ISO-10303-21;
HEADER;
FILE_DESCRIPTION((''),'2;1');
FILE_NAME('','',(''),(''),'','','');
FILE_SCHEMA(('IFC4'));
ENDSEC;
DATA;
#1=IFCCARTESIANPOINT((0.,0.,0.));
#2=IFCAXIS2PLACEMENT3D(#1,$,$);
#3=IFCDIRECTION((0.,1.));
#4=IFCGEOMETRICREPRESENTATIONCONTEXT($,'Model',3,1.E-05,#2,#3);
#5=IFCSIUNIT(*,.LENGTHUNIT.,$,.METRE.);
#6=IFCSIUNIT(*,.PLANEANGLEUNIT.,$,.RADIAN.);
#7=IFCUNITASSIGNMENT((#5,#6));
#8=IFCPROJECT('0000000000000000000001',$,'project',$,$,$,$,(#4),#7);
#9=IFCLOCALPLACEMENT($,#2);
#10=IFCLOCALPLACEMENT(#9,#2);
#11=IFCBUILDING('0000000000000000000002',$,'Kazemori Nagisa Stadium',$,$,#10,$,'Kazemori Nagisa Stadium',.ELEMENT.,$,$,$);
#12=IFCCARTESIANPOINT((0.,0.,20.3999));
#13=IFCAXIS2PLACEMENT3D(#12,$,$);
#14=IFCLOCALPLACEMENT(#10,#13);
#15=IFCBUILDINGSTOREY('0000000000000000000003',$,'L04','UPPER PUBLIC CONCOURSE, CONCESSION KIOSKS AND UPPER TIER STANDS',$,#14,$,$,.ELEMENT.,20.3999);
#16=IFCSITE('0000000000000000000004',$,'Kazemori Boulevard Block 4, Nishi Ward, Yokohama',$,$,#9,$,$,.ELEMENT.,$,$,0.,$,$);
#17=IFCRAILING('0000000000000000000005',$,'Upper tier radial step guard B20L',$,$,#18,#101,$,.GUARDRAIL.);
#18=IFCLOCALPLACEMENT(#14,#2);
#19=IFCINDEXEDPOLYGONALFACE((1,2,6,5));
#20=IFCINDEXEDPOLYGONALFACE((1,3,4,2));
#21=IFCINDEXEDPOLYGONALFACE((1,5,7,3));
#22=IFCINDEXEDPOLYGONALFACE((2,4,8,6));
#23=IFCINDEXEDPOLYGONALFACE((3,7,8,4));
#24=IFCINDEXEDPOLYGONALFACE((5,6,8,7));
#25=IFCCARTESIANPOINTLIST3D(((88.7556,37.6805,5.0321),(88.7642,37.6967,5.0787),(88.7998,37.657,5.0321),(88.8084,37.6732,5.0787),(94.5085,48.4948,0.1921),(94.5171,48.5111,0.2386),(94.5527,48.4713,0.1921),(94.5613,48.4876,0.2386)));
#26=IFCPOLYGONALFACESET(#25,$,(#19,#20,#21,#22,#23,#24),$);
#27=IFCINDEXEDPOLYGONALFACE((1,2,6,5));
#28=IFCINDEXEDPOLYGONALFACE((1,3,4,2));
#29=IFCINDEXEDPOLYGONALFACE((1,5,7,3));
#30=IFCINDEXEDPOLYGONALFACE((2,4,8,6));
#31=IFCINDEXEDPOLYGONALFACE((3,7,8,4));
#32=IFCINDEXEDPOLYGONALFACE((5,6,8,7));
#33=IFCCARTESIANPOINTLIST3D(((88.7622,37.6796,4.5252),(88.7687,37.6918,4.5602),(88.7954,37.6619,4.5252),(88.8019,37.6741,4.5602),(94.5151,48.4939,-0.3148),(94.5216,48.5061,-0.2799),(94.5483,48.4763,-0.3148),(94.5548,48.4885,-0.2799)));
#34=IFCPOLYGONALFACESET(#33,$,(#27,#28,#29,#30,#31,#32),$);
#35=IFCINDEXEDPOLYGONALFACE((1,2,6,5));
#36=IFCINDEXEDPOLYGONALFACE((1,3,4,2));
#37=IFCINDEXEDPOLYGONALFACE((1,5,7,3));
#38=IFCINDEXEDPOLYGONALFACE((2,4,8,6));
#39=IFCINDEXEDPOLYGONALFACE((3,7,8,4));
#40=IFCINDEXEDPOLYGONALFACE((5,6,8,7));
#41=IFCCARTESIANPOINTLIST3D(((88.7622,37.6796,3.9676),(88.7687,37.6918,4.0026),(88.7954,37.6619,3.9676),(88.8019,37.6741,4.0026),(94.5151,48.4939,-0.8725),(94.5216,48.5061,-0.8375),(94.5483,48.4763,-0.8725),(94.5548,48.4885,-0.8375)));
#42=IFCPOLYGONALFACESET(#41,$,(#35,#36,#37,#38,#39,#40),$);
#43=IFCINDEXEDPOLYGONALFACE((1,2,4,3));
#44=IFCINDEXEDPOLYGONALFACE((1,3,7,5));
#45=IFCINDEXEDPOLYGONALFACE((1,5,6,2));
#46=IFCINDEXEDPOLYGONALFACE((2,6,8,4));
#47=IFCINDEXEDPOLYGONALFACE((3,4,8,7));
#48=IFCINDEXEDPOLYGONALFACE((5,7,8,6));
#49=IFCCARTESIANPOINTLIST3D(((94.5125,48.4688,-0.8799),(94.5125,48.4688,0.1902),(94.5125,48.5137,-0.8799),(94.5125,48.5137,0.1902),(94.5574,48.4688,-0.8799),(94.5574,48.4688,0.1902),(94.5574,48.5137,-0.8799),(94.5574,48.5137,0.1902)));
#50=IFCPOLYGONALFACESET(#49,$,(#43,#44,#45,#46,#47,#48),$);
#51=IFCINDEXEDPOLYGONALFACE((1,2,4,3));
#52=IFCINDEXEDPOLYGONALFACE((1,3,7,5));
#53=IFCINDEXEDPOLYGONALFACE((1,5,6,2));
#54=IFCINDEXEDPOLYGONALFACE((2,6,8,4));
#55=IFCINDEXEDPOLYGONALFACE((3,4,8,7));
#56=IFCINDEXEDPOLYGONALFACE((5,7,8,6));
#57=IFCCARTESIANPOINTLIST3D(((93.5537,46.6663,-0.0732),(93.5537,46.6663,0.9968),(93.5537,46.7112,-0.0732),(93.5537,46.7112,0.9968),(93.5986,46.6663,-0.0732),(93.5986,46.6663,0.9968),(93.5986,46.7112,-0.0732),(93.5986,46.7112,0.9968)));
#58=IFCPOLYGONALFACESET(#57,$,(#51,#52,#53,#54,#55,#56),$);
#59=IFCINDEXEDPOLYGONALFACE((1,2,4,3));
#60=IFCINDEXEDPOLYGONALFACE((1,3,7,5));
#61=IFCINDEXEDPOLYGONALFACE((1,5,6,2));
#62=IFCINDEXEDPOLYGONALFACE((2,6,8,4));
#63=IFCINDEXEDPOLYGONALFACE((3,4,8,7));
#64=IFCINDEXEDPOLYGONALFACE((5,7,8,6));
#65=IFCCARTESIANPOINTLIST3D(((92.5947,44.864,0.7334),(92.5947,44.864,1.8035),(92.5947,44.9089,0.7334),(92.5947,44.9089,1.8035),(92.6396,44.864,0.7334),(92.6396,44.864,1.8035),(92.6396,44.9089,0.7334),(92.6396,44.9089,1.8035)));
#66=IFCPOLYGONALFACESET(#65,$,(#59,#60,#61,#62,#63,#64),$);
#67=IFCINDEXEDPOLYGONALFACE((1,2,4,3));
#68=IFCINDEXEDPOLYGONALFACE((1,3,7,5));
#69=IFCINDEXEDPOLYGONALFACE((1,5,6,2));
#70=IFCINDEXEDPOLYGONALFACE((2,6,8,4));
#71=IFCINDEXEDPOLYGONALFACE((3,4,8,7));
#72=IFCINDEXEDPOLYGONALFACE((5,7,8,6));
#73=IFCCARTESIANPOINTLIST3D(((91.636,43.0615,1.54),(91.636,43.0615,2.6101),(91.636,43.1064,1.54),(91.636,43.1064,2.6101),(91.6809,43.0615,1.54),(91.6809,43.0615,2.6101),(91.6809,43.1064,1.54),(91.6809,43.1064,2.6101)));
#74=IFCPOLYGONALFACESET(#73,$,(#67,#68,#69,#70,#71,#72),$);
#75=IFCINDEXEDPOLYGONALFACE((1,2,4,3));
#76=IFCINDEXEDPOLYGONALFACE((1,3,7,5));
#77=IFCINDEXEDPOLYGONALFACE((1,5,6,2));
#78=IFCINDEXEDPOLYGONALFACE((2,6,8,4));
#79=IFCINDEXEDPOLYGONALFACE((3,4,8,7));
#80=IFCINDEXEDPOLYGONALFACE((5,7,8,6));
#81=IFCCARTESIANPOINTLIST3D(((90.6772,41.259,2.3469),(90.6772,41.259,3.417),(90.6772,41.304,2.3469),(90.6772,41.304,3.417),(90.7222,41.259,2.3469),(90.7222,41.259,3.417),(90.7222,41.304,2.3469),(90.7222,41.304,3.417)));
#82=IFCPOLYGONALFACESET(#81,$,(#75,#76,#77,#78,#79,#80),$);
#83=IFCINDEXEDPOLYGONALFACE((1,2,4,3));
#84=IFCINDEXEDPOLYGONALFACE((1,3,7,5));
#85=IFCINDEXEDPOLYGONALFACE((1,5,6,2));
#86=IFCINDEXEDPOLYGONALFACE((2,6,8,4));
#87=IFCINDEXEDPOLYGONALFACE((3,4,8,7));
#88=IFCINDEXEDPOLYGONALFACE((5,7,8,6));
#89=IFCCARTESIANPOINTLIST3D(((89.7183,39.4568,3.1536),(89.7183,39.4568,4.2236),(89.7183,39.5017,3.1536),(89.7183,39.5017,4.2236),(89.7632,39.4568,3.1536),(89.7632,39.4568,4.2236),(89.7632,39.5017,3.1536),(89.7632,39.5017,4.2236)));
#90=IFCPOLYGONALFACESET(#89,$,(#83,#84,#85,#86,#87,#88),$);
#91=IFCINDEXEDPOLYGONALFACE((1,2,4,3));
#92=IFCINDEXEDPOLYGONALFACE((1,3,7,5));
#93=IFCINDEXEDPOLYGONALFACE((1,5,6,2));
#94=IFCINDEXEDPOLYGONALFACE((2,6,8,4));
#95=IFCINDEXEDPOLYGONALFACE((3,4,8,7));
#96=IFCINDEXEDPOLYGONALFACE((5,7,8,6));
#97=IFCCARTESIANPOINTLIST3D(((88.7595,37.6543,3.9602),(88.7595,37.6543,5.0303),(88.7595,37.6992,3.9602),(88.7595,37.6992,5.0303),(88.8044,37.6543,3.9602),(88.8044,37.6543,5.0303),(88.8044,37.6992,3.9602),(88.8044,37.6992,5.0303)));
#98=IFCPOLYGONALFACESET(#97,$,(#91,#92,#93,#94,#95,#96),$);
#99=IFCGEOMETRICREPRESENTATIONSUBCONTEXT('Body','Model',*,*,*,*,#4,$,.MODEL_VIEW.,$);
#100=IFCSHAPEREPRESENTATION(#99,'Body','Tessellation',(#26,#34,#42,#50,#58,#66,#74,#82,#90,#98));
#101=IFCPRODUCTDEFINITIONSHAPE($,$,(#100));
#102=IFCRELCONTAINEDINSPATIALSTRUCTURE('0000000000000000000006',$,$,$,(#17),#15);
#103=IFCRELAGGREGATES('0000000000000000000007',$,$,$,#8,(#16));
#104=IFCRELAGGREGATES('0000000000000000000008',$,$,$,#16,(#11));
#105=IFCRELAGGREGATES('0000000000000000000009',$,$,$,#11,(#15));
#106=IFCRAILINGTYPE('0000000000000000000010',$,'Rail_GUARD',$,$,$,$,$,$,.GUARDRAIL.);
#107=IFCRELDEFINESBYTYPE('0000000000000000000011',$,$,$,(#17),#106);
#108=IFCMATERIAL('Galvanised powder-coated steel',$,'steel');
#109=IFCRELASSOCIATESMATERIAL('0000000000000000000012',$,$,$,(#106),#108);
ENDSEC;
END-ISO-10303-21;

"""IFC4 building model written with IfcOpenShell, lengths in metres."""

from ifc_helpers import new_model, si_unit, direction, frame, origin, origin_2d, place, context, subcontext, project, spatial, rectangle, extrude, material, type_object, element, save


model = new_model("IFC4")

# Units and contexts
model_context = context("Model", 3, precision=1e-05, world=origin(), true_north=direction((0.0, 1.0)))
body_context = subcontext(model_context, "Body", "Model", "MODEL_VIEW")
ifc_project = project(units=[si_unit("LENGTHUNIT", "METRE"), si_unit("PLANEANGLEUNIT", "RADIAN")], contexts=[model_context])

# Site, building, storey
site_placement = place(None, origin())
site = spatial("IfcSite", under=ifc_project, at=site_placement, Name="Kazemori Boulevard Block 4, Nishi Ward, Yokohama", CompositionType="ELEMENT", RefElevation=0.0)
building_placement = place(site_placement, origin())
building = spatial("IfcBuilding", under=site, at=building_placement, Name="Kazemori Nagisa Stadium", LongName="Kazemori Nagisa Stadium", CompositionType="ELEMENT")
storey_placement = place(building_placement, frame((0.0, 0.0, 20.3999)))
storey = spatial("IfcBuildingStorey", under=building, at=storey_placement, Name="L04", Description="UPPER PUBLIC CONCOURSE, CONCESSION KIOSKS AND UPPER TIER STANDS", CompositionType="ELEMENT", Elevation=20.3999)

# Railing
ifc_material_1 = material(Name="Galvanised powder-coated steel", Category="steel")
railing_type = type_object("IfcRailingType", Name="Rail_GUARD", PredefinedType="GUARDRAIL", material=ifc_material_1)
railing_1_placement = place(storey_placement, frame((94.5349, 48.4912, -0.8799)))
element("IfcRailing", 1, at=railing_1_placement, inside=storey, type_object=railing_type, Name="Upper tier radial step guard B20L", PredefinedType="GUARDRAIL", context=body_context, shape_type="SweptSolid", body=[
    extrude(rectangle(XDim=0.05, YDim=0.05, at=origin_2d()), frame((0.0, 0.0, 1.0952), z_axis=(-0.436788, -0.821081, 0.367481), x_axis=(0.882853, -0.469649, 0.0)), (0.0, 0.0, 1.0), 13.1709),
    extrude(rectangle(XDim=0.0376, YDim=0.0376, at=origin_2d()), frame((0.0, 0.0, 0.5825), z_axis=(-0.436788, -0.821081, 0.367481), x_axis=(0.882853, -0.469649, 0.0)), (0.0, 0.0, 1.0), 13.1709),
    extrude(rectangle(XDim=0.0376, YDim=0.0376, at=origin_2d()), frame((0.0, 0.0, 0.0249), z_axis=(-0.436788, -0.821081, 0.367481), x_axis=(0.882853, -0.469649, 0.0)), (0.0, 0.0, 1.0), 13.1709),
    extrude(rectangle(XDim=0.0449, YDim=0.0449, at=origin_2d()), origin(), (0.0, 0.0, 1.0), 1.0701),
    extrude(rectangle(XDim=0.0449, YDim=0.0449, at=origin_2d()), frame((-0.9587, -1.8025, 0.8066)), (0.0, 0.0, 1.0), 1.0701),
    extrude(rectangle(XDim=0.0449, YDim=0.0449, at=origin_2d()), frame((-1.9177, -3.6047, 1.6133)), (0.0, 0.0, 1.0), 1.0701),
    extrude(rectangle(XDim=0.0449, YDim=0.0449, at=origin_2d()), frame((-2.8765, -5.4072, 2.4199)), (0.0, 0.0, 1.0), 1.0701),
    extrude(rectangle(XDim=0.0449, YDim=0.0449, at=origin_2d()), frame((-3.8352, -7.2097, 3.2268)), (0.0, 0.0, 1.0), 1.0701),
    extrude(rectangle(XDim=0.0449, YDim=0.0449, at=origin_2d()), frame((-4.7942, -9.012, 4.0334)), (0.0, 0.0, 1.0), 1.0701),
    extrude(rectangle(XDim=0.0449, YDim=0.0449, at=origin_2d()), frame((-5.7529, -10.8145, 4.8401)), (0.0, 0.0, 1.0), 1.0701),
])

save(model, "model.ifc")
